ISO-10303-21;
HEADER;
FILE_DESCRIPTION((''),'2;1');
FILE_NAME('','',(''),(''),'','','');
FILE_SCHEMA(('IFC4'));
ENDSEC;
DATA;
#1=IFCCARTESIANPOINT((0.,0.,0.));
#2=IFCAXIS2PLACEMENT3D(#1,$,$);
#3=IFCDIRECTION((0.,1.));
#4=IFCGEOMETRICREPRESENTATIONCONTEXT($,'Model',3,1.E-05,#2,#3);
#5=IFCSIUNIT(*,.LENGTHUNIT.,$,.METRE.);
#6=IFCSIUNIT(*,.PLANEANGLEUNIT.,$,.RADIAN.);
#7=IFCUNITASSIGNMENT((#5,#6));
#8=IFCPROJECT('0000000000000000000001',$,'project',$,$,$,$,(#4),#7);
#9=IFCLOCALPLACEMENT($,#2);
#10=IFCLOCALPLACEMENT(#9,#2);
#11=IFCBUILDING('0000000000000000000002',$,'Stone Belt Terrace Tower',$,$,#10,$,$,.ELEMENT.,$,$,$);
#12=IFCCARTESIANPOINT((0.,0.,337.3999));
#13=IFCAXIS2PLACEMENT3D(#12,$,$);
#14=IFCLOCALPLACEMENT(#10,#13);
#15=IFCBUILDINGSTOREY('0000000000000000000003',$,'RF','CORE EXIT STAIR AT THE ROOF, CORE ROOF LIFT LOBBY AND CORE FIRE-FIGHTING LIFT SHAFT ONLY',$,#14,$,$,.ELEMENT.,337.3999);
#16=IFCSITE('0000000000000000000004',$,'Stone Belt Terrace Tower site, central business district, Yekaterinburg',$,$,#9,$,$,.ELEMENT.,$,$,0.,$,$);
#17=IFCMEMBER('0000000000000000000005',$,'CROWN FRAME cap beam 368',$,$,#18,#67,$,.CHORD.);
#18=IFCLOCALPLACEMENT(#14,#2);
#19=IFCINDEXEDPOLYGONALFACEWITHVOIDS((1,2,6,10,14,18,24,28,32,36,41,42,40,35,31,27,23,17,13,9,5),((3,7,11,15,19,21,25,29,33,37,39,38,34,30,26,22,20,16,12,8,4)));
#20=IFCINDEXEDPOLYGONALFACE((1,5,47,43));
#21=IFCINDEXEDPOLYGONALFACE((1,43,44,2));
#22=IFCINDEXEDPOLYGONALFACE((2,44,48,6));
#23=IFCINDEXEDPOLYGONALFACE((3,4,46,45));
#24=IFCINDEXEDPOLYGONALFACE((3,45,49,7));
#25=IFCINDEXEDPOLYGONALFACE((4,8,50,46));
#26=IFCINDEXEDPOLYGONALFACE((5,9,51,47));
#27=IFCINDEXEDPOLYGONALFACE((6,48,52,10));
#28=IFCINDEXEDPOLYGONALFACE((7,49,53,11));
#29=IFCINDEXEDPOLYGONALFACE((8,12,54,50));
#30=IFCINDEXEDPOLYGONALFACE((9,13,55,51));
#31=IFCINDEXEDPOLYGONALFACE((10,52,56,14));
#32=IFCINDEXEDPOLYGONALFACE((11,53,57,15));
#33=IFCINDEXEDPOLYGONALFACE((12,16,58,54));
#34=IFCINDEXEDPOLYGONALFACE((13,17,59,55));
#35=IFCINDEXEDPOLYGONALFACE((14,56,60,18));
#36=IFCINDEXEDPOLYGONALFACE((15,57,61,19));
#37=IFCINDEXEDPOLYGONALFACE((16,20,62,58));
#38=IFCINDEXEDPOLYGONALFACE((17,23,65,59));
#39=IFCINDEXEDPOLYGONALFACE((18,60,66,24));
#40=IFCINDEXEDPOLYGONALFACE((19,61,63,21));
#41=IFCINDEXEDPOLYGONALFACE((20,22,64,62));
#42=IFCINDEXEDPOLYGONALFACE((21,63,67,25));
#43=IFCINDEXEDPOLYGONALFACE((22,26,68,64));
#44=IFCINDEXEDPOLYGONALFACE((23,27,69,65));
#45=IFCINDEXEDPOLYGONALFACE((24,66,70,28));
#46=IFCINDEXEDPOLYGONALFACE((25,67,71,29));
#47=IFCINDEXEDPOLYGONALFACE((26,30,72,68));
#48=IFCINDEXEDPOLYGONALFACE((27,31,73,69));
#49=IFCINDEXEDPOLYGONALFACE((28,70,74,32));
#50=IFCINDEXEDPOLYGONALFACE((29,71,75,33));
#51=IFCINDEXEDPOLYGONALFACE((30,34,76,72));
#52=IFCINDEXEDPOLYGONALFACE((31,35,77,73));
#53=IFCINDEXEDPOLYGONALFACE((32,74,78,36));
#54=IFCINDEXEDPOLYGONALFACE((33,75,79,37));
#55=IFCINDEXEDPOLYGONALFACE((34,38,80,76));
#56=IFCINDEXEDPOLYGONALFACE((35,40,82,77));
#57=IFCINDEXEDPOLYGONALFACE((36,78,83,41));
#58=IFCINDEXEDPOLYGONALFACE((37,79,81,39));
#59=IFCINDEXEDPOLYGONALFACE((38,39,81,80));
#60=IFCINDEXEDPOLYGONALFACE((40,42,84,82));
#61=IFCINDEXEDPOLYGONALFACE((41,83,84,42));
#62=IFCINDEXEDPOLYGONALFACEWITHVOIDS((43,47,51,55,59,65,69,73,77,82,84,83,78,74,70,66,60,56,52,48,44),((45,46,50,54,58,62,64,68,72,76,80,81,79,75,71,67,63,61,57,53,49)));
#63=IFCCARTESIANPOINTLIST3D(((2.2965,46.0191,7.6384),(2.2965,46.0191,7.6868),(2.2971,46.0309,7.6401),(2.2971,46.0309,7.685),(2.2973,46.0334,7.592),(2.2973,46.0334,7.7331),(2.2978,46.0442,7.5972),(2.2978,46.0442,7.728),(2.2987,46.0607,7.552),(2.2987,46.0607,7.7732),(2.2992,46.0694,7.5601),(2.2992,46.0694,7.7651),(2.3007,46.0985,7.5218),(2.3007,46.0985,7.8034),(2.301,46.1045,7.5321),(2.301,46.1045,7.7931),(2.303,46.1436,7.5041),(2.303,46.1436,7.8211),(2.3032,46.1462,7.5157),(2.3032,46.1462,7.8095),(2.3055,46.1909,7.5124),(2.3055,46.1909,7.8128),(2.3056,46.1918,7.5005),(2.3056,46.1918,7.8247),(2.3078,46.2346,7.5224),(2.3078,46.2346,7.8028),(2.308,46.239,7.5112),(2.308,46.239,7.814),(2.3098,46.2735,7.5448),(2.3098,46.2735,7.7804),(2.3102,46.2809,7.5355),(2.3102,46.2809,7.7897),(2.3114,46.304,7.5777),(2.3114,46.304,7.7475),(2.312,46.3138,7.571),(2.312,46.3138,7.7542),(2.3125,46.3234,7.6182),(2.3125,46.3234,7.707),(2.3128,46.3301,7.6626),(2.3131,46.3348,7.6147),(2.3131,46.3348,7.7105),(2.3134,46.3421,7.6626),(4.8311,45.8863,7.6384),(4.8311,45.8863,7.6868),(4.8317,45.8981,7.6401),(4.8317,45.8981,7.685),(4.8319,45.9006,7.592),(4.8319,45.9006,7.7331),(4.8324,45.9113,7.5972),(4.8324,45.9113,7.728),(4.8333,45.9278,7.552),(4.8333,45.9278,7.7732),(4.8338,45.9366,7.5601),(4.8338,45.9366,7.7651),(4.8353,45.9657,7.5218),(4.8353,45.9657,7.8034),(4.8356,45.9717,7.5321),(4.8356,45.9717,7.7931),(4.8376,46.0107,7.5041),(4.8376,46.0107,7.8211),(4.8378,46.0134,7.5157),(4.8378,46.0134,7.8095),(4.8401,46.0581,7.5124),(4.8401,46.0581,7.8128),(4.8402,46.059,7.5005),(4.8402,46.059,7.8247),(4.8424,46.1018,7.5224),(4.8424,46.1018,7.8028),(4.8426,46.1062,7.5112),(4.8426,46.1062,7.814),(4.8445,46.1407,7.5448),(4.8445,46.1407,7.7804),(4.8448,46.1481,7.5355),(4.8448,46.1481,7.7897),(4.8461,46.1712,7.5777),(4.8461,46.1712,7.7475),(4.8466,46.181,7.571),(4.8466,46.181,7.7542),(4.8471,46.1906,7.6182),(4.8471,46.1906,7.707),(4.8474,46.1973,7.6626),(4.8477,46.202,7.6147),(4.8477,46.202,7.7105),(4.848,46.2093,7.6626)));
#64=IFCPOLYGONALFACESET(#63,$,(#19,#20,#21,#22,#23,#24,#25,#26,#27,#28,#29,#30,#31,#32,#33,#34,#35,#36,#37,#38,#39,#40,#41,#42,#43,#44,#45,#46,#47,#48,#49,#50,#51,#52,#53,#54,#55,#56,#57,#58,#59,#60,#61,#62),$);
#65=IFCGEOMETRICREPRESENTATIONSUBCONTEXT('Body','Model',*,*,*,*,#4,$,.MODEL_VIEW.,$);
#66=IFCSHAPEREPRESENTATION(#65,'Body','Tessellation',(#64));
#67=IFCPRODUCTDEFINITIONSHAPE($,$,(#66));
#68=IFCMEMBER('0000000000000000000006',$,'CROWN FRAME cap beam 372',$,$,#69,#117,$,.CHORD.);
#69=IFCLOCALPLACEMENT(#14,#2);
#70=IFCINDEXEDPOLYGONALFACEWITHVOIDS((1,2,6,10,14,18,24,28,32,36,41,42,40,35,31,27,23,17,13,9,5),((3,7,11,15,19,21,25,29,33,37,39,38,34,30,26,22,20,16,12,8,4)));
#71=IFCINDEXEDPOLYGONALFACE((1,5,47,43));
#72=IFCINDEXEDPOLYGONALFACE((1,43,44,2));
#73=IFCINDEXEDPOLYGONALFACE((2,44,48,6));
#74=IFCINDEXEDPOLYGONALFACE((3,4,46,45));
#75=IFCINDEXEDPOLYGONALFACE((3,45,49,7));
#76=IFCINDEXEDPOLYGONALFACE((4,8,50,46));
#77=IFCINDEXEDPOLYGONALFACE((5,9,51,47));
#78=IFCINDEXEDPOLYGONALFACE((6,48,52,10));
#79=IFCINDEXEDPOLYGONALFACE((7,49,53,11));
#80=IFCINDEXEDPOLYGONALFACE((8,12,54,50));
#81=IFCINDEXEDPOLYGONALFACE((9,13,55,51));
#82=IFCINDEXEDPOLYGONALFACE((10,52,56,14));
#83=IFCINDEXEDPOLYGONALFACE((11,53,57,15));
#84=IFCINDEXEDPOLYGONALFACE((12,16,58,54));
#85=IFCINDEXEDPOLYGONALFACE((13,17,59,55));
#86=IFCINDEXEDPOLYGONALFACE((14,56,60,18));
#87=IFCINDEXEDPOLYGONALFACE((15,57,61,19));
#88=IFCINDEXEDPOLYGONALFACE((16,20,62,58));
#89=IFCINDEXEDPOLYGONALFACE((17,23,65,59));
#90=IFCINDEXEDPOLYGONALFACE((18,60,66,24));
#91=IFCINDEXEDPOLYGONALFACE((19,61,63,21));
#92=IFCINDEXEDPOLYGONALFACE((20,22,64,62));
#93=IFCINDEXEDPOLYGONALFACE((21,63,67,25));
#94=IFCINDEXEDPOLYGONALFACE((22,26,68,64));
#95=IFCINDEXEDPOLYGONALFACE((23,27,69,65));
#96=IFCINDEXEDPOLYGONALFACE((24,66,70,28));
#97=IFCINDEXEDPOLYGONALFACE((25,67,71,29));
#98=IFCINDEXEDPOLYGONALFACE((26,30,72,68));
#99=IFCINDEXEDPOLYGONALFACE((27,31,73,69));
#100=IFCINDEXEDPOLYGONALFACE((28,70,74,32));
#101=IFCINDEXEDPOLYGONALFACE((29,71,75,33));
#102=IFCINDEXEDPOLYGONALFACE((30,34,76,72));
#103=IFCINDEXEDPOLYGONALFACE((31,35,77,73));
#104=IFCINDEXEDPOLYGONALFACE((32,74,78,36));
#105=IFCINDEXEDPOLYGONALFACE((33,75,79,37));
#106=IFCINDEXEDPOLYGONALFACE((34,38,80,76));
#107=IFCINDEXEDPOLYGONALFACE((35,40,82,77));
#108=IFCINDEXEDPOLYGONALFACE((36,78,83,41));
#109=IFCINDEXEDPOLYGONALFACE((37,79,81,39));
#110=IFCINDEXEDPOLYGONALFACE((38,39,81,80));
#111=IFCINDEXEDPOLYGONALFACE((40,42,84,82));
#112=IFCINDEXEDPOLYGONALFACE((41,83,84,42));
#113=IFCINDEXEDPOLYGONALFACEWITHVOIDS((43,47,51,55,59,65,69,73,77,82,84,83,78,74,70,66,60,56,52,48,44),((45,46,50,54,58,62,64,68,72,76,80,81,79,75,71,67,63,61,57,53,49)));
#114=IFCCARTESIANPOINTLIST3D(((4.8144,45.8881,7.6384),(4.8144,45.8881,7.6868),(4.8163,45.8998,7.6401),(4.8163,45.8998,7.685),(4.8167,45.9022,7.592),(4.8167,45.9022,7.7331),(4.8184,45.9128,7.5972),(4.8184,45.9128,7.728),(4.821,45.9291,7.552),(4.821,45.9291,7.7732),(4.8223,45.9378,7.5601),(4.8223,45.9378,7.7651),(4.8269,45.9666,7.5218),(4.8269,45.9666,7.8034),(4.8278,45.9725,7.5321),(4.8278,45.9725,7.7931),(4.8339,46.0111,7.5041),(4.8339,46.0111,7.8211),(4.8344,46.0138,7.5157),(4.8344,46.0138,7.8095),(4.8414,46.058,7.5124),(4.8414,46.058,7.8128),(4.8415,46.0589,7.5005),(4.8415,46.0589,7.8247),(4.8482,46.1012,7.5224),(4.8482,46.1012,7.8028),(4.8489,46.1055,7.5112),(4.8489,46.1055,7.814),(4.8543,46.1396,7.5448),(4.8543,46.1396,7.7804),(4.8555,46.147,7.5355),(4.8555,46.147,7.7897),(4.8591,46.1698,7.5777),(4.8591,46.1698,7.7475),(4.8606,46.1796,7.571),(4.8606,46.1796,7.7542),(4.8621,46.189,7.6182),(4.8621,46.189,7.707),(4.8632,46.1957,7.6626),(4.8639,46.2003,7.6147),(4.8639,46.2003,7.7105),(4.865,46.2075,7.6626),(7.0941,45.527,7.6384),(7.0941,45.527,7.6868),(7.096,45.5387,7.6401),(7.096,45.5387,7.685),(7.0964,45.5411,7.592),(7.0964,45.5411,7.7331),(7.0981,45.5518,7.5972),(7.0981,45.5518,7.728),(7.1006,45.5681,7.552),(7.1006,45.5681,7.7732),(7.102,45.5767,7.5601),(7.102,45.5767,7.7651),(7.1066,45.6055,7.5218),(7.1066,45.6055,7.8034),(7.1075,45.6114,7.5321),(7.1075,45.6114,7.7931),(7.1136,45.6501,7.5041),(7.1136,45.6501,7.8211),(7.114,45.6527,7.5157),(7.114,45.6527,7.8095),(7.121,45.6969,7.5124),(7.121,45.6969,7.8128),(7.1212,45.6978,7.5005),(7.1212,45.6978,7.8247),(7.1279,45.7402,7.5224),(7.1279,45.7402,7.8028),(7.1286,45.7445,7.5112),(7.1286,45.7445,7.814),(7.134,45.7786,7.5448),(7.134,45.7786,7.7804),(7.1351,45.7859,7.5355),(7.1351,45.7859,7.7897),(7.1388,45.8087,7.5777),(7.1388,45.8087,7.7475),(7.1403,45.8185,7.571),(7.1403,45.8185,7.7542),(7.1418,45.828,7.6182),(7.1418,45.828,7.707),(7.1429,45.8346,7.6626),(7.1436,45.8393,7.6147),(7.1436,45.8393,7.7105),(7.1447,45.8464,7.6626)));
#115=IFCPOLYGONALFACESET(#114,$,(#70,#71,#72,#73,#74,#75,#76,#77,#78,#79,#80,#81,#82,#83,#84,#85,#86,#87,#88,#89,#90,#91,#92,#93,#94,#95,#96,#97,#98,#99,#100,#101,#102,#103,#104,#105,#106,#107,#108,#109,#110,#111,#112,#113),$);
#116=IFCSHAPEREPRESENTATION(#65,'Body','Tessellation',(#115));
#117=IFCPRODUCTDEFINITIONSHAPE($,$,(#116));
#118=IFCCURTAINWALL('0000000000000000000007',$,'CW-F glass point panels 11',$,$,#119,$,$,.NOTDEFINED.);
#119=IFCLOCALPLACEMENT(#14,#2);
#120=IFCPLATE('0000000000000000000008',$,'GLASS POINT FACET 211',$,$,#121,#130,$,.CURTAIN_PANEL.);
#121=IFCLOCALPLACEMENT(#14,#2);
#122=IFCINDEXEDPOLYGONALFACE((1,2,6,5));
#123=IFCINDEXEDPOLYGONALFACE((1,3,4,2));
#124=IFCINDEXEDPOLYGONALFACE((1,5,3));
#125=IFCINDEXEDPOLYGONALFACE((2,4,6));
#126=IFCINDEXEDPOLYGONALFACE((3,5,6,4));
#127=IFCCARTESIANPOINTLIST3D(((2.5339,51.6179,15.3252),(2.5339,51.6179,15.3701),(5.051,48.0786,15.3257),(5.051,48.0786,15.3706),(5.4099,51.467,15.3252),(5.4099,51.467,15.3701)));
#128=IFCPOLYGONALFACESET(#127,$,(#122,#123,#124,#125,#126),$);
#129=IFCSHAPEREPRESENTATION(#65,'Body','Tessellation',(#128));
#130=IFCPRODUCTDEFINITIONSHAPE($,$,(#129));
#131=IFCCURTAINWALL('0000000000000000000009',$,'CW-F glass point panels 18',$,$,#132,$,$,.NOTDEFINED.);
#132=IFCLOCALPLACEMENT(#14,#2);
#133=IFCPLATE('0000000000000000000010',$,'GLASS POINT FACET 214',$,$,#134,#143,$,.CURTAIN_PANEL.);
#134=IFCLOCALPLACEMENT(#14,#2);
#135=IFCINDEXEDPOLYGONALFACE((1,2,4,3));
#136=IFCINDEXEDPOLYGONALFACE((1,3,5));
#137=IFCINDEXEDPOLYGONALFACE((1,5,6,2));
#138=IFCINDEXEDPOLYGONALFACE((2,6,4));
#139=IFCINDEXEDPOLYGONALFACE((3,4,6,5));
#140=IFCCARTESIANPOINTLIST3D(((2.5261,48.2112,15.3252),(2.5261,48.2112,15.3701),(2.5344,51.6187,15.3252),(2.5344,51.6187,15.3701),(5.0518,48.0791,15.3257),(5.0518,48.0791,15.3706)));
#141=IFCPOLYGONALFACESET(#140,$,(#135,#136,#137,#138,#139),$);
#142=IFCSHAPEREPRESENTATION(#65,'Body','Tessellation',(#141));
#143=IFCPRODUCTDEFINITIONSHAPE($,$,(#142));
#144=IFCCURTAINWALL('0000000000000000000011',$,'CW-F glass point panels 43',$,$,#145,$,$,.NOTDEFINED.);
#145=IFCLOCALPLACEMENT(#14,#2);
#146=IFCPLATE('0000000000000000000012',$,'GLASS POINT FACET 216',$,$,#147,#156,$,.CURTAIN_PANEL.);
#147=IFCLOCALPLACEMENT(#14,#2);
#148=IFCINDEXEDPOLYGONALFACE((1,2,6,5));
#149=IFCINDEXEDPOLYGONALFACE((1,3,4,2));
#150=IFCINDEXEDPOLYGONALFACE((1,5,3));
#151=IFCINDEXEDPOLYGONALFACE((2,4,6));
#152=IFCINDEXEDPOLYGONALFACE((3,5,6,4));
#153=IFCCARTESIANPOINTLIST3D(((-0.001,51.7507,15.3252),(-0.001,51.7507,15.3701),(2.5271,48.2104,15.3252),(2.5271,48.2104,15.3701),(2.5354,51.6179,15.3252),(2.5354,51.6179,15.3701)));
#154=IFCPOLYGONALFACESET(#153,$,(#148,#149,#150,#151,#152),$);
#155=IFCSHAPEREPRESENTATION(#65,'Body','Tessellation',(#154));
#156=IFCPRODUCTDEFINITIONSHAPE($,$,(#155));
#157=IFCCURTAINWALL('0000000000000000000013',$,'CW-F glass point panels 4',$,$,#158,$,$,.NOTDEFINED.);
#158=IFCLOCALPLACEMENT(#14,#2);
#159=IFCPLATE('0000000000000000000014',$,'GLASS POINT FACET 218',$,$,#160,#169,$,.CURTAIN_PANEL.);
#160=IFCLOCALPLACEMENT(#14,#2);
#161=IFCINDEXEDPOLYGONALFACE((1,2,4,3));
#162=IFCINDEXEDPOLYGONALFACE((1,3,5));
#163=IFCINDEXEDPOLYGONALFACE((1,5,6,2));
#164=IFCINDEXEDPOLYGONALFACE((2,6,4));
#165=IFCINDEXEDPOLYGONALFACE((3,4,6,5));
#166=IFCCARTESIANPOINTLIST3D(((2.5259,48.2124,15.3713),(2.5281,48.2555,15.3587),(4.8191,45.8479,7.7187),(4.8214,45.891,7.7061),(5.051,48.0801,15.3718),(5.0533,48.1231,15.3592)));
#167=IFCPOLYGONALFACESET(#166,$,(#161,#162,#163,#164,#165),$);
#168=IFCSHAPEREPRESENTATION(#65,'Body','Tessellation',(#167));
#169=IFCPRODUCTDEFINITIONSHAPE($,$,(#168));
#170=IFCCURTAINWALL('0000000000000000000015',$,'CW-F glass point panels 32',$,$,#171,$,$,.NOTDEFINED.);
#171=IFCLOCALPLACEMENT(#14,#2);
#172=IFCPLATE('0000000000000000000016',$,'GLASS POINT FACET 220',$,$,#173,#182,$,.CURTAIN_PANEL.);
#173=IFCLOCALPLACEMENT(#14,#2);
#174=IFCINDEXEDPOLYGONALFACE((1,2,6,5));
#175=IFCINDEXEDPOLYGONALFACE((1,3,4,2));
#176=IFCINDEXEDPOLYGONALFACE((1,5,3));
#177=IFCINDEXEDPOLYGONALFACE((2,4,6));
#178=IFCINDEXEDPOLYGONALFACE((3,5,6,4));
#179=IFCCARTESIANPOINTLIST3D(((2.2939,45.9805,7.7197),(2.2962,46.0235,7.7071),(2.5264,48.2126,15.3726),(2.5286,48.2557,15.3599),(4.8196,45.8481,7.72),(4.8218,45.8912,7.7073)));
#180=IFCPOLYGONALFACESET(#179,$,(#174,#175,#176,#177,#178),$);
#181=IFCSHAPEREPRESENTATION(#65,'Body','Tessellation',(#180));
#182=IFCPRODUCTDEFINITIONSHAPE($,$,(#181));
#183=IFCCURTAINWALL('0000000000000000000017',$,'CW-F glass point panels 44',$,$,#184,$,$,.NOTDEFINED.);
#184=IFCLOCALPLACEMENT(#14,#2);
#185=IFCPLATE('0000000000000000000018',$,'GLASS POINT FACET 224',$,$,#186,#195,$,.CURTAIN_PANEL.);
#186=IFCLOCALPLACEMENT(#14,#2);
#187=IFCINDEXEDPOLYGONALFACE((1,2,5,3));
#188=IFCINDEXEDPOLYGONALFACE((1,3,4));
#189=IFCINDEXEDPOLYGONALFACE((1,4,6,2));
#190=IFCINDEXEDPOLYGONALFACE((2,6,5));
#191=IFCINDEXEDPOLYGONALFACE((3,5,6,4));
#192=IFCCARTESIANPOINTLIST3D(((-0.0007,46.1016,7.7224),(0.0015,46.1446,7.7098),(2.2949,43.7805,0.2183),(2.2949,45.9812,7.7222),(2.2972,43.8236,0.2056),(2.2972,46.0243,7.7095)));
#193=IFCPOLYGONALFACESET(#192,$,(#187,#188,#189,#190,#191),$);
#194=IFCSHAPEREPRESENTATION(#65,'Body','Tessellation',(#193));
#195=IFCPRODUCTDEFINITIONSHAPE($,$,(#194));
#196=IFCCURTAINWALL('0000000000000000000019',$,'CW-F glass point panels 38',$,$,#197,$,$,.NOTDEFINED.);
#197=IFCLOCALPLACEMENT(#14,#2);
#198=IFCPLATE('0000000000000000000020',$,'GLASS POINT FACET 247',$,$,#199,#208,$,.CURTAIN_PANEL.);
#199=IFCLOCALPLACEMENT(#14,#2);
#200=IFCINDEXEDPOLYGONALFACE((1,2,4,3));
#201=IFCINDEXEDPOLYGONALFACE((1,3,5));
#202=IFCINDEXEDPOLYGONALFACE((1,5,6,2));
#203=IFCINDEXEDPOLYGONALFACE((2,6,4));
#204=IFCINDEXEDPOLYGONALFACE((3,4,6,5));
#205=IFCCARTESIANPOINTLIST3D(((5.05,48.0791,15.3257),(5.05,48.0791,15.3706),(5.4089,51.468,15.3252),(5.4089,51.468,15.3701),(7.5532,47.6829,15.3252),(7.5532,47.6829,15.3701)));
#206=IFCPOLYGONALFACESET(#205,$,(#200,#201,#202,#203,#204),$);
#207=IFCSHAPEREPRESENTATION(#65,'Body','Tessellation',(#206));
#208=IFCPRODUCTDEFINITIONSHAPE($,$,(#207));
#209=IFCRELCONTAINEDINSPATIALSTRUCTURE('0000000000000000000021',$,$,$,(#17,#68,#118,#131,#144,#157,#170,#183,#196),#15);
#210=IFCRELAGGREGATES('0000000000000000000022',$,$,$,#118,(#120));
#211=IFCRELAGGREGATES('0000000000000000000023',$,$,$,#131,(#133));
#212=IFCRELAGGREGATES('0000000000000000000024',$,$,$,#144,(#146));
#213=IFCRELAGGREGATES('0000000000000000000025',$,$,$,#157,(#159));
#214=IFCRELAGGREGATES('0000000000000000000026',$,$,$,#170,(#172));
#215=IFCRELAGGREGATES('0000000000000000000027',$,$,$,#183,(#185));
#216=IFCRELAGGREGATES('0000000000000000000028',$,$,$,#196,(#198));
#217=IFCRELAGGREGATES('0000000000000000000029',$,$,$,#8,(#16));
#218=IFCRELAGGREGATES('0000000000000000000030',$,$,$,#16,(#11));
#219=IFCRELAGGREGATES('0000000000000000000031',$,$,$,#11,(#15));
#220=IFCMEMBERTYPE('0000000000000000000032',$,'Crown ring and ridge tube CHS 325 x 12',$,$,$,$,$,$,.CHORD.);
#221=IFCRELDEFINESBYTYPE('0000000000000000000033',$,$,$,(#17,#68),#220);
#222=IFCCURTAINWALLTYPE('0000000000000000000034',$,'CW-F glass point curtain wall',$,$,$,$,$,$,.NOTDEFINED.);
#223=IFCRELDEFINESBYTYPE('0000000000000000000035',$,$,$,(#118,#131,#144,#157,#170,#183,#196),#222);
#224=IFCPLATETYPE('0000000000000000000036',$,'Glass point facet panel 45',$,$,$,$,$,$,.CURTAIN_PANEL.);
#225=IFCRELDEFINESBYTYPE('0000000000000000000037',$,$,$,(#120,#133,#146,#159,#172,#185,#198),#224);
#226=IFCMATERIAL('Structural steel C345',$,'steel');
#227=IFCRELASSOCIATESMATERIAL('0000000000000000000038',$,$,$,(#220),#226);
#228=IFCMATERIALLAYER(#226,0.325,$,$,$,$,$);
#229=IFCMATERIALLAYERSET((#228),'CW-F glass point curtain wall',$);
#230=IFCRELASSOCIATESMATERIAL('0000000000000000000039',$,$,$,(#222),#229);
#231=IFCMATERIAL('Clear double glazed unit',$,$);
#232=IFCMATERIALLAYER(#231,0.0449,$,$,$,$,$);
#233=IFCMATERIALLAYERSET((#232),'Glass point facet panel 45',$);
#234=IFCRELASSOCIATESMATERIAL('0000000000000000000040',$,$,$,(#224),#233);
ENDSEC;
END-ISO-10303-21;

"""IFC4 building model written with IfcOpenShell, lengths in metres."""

from ifc_helpers import new_model, si_unit, direction, frame, origin, origin_2d, place, context, subcontext, project, spatial, polyline, hollow_circle, outline, extrude, material, layer, layer_set, material_profile, profile_set, type_object, element, aggregate, save


model = new_model("IFC4")

# Units and contexts
model_context = context("Model", 3, precision=1e-05, world=origin(), true_north=direction((0.0, 1.0)))
body_context = subcontext(model_context, "Body", "Model", "MODEL_VIEW")
ifc_project = project(units=[si_unit("LENGTHUNIT", "METRE"), si_unit("PLANEANGLEUNIT", "RADIAN")], contexts=[model_context])

# Site, building, storey
site_placement = place(None, origin())
site = spatial("IfcSite", under=ifc_project, at=site_placement, Name="Stone Belt Terrace Tower site, central business district, Yekaterinburg", CompositionType="ELEMENT", RefElevation=0.0)
building_placement = place(site_placement, origin())
building = spatial("IfcBuilding", under=site, at=building_placement, Name="Stone Belt Terrace Tower", CompositionType="ELEMENT")
storey_placement = place(building_placement, frame((0.0, 0.0, 337.3999)))
storey = spatial("IfcBuildingStorey", under=building, at=storey_placement, Name="RF", Description="CORE EXIT STAIR AT THE ROOF, CORE ROOF LIFT LOBBY AND CORE FIRE-FIGHTING LIFT SHAFT ONLY", CompositionType="ELEMENT", Elevation=337.3999)

# Members
ifc_material_1 = material(Name="Structural steel C345", Category="steel")
ifc_material_profile_1 = material_profile(ifc_material_1, hollow_circle(Radius=0.1626, WallThickness=0.012, at=origin_2d()), Name="Structural steel C345 CHS 325x12")
ifc_profile_set_1 = profile_set([ifc_material_profile_1], Name="Structural steel C345")
member_type_1 = type_object("IfcMemberType", Name="Crown ring and ridge tube CHS 325 x 12", PredefinedType="CHORD", material=ifc_profile_set_1)
member_1_placement = place(storey_placement, frame((2.3049, 46.1797, 7.6626), z_axis=(0.99863, -0.052327, 0.0), x_axis=(0.052327, 0.99863, 0.0)))
element("IfcMember", 1, at=member_1_placement, inside=storey, type_object=member_type_1, Name="CROWN FRAME cap beam 368", PredefinedType="CHORD", context=body_context, shape_type="SweptSolid", body=[
    extrude(hollow_circle(Radius=0.1626, WallThickness=0.012, at=origin_2d()), origin(), (0.0, 0.0, 1.0), 2.5381),
])
member_2_placement = place(storey_placement, frame((4.8396, 46.0469, 7.6626), z_axis=(0.987688, -0.156435, 0.0), x_axis=(0.156435, 0.987688, 0.0)))
element("IfcMember", 2, at=member_2_placement, inside=storey, type_object=member_type_1, Name="CROWN FRAME cap beam 372", PredefinedType="CHORD", context=body_context, shape_type="SweptSolid", body=[
    extrude(hollow_circle(Radius=0.1626, WallThickness=0.012, at=origin_2d()), origin(), (0.0, 0.0, 1.0), 2.3081),
])

# Curtain walls, plates
ifc_layer_1 = layer(ifc_material_1, 0.325)
ifc_layer_set_1 = layer_set([ifc_layer_1], Name="CW-F glass point curtain wall")
curtain_wall_type = type_object("IfcCurtainWallType", Name="CW-F glass point curtain wall", PredefinedType="NOTDEFINED", material=ifc_layer_set_1)
curtain_wall_1_placement = place(storey_placement, origin())
curtain_wall_1 = element("IfcCurtainWall", 3, at=curtain_wall_1_placement, inside=storey, type_object=curtain_wall_type, Name="CW-F glass point panels 11", PredefinedType="NOTDEFINED")
ifc_material_2 = material(Name="Clear double glazed unit")
ifc_layer_2 = layer(ifc_material_2, 0.0449)
ifc_layer_set_2 = layer_set([ifc_layer_2], Name="Glass point facet panel 45")
plate_type = type_object("IfcPlateType", Name="Glass point facet panel 45", PredefinedType="CURTAIN_PANEL", material=ifc_layer_set_2)
plate_1_placement = place(storey_placement, frame((5.051, 48.0786, 15.3706), z_axis=(0.000008, 0.000143, 1.0), x_axis=(-0.579562, 0.814928, -0.000112)))
plate_1 = element("IfcPlate", 4, at=plate_1_placement, type_object=plate_type, Name="GLASS POINT FACET 211", PredefinedType="CURTAIN_PANEL", context=body_context, shape_type="SweptSolid", body=[
    extrude(outline(polyline([(0.0, 0.0), (4.3431, 0.0), (2.5533, -2.2563), (0.0, 0.0)])), origin(), (0.0, 0.0, -1.0), 0.0449),
])
aggregate(curtain_wall_1, [plate_1])
curtain_wall_2_placement = place(storey_placement, origin())
curtain_wall_2 = element("IfcCurtainWall", 5, at=curtain_wall_2_placement, inside=storey, type_object=curtain_wall_type, Name="CW-F glass point panels 18", PredefinedType="NOTDEFINED")
plate_2_placement = place(storey_placement, frame((5.0518, 48.0791, 15.3706), z_axis=(-0.000193, 0.0, 1.0), x_axis=(-0.998635, 0.052224, -0.000193)))
plate_2 = element("IfcPlate", 6, at=plate_2_placement, type_object=plate_type, Name="GLASS POINT FACET 214", PredefinedType="CURTAIN_PANEL", context=body_context, shape_type="SweptSolid", body=[
    extrude(outline(polyline([(0.0, 0.0), (2.5291, 0.0), (2.6987, -3.4033), (0.0, 0.0)])), origin(), (0.0, 0.0, -1.0), 0.0449),
])
aggregate(curtain_wall_2, [plate_2])
curtain_wall_3_placement = place(storey_placement, origin())
curtain_wall_3 = element("IfcCurtainWall", 7, at=curtain_wall_3_placement, inside=storey, type_object=curtain_wall_type, Name="CW-F glass point panels 43", PredefinedType="NOTDEFINED")
plate_3_placement = place(storey_placement, frame((2.5354, 51.6179, 15.3701), z_axis=(0.0, 0.0, 1.0), x_axis=(-0.002436, -0.999997, 0.0)))
plate_3 = element("IfcPlate", 8, at=plate_3_placement, type_object=plate_type, Name="GLASS POINT FACET 216", PredefinedType="CURTAIN_PANEL", context=body_context, shape_type="SweptSolid", body=[
    extrude(outline(polyline([(0.0, 0.0), (3.4075, 0.0), (-0.1266, -2.5367), (0.0, 0.0)])), origin(), (0.0, 0.0, -1.0), 0.0449),
])
aggregate(curtain_wall_3, [plate_3])
curtain_wall_4_placement = place(storey_placement, origin())
curtain_wall_4 = element("IfcCurtainWall", 9, at=curtain_wall_4_placement, inside=storey, type_object=curtain_wall_type, Name="CW-F glass point panels 4", PredefinedType="NOTDEFINED")
plate_4_placement = place(storey_placement, frame((5.051, 48.0801, 15.3718), z_axis=(-0.050276, -0.958374, 0.281053), x_axis=(-0.029081, -0.279885, -0.959593)))
plate_4 = element("IfcPlate", 10, at=plate_4_placement, type_object=plate_type, Name="GLASS POINT FACET 218", PredefinedType="CURTAIN_PANEL", context=body_context, shape_type="SweptSolid", body=[
    extrude(outline(polyline([(0.0, 0.0), (7.9753, 0.0), (0.0369, -2.5283), (0.0, 0.0)])), origin(), (0.0, 0.0, -1.0), 0.0449),
])
aggregate(curtain_wall_4, [plate_4])
curtain_wall_5_placement = place(storey_placement, origin())
curtain_wall_5 = element("IfcCurtainWall", 11, at=curtain_wall_5_placement, inside=storey, type_object=curtain_wall_type, Name="CW-F glass point panels 32", PredefinedType="NOTDEFINED")
plate_5_placement = place(storey_placement, frame((2.5264, 48.2126, 15.3726), z_axis=(-0.050239, -0.958373, 0.281064), x_axis=(0.27525, -0.283807, -0.918526)))
plate_5 = element("IfcPlate", 12, at=plate_5_placement, type_object=plate_type, Name="GLASS POINT FACET 220", PredefinedType="CURTAIN_PANEL", context=body_context, shape_type="SweptSolid", body=[
    extrude(outline(polyline([(0.0, 0.0), (8.3314, 0.0), (7.5989, -2.4207), (0.0, 0.0)])), origin(), (0.0, 0.0, -1.0), 0.0449),
])
aggregate(curtain_wall_5, [plate_5])
curtain_wall_6_placement = place(storey_placement, origin())
curtain_wall_6 = element("IfcCurtainWall", 13, at=curtain_wall_6_placement, inside=storey, type_object=curtain_wall_type, Name="CW-F glass point panels 44", PredefinedType="NOTDEFINED")
plate_6_placement = place(storey_placement, frame((2.2949, 45.9812, 7.7222), z_axis=(-0.050218, -0.958374, 0.281064), x_axis=(0.0, -0.281419, -0.959585)))
plate_6 = element("IfcPlate", 14, at=plate_6_placement, type_object=plate_type, Name="GLASS POINT FACET 224", PredefinedType="CURTAIN_PANEL", context=body_context, shape_type="SweptSolid", body=[
    extrude(outline(polyline([(0.0, 0.0), (7.8199, 0.0), (-0.0341, -2.2986), (0.0, 0.0)])), origin(), (0.0, 0.0, -1.0), 0.0449),
])
aggregate(curtain_wall_6, [plate_6])
curtain_wall_7_placement = place(storey_placement, origin())
curtain_wall_7 = element("IfcCurtainWall", 15, at=curtain_wall_7_placement, inside=storey, type_object=curtain_wall_type, Name="CW-F glass point panels 38", PredefinedType="NOTDEFINED")
plate_7_placement = place(storey_placement, frame((5.05, 48.0791, 15.3706), z_axis=(0.000214, 0.000121, 1.0), x_axis=(0.105311, 0.994439, -0.000143)))
plate_7 = element("IfcPlate", 16, at=plate_7_placement, type_object=plate_type, Name="GLASS POINT FACET 247", PredefinedType="CURTAIN_PANEL", context=body_context, shape_type="SweptSolid", body=[
    extrude(outline(polyline([(0.0, 0.0), (3.4079, 0.0), (-0.1304, -2.531), (0.0, 0.0)])), origin(), (0.0, 0.0, -1.0), 0.0449),
])
aggregate(curtain_wall_7, [plate_7])

save(model, "model.ifc")
